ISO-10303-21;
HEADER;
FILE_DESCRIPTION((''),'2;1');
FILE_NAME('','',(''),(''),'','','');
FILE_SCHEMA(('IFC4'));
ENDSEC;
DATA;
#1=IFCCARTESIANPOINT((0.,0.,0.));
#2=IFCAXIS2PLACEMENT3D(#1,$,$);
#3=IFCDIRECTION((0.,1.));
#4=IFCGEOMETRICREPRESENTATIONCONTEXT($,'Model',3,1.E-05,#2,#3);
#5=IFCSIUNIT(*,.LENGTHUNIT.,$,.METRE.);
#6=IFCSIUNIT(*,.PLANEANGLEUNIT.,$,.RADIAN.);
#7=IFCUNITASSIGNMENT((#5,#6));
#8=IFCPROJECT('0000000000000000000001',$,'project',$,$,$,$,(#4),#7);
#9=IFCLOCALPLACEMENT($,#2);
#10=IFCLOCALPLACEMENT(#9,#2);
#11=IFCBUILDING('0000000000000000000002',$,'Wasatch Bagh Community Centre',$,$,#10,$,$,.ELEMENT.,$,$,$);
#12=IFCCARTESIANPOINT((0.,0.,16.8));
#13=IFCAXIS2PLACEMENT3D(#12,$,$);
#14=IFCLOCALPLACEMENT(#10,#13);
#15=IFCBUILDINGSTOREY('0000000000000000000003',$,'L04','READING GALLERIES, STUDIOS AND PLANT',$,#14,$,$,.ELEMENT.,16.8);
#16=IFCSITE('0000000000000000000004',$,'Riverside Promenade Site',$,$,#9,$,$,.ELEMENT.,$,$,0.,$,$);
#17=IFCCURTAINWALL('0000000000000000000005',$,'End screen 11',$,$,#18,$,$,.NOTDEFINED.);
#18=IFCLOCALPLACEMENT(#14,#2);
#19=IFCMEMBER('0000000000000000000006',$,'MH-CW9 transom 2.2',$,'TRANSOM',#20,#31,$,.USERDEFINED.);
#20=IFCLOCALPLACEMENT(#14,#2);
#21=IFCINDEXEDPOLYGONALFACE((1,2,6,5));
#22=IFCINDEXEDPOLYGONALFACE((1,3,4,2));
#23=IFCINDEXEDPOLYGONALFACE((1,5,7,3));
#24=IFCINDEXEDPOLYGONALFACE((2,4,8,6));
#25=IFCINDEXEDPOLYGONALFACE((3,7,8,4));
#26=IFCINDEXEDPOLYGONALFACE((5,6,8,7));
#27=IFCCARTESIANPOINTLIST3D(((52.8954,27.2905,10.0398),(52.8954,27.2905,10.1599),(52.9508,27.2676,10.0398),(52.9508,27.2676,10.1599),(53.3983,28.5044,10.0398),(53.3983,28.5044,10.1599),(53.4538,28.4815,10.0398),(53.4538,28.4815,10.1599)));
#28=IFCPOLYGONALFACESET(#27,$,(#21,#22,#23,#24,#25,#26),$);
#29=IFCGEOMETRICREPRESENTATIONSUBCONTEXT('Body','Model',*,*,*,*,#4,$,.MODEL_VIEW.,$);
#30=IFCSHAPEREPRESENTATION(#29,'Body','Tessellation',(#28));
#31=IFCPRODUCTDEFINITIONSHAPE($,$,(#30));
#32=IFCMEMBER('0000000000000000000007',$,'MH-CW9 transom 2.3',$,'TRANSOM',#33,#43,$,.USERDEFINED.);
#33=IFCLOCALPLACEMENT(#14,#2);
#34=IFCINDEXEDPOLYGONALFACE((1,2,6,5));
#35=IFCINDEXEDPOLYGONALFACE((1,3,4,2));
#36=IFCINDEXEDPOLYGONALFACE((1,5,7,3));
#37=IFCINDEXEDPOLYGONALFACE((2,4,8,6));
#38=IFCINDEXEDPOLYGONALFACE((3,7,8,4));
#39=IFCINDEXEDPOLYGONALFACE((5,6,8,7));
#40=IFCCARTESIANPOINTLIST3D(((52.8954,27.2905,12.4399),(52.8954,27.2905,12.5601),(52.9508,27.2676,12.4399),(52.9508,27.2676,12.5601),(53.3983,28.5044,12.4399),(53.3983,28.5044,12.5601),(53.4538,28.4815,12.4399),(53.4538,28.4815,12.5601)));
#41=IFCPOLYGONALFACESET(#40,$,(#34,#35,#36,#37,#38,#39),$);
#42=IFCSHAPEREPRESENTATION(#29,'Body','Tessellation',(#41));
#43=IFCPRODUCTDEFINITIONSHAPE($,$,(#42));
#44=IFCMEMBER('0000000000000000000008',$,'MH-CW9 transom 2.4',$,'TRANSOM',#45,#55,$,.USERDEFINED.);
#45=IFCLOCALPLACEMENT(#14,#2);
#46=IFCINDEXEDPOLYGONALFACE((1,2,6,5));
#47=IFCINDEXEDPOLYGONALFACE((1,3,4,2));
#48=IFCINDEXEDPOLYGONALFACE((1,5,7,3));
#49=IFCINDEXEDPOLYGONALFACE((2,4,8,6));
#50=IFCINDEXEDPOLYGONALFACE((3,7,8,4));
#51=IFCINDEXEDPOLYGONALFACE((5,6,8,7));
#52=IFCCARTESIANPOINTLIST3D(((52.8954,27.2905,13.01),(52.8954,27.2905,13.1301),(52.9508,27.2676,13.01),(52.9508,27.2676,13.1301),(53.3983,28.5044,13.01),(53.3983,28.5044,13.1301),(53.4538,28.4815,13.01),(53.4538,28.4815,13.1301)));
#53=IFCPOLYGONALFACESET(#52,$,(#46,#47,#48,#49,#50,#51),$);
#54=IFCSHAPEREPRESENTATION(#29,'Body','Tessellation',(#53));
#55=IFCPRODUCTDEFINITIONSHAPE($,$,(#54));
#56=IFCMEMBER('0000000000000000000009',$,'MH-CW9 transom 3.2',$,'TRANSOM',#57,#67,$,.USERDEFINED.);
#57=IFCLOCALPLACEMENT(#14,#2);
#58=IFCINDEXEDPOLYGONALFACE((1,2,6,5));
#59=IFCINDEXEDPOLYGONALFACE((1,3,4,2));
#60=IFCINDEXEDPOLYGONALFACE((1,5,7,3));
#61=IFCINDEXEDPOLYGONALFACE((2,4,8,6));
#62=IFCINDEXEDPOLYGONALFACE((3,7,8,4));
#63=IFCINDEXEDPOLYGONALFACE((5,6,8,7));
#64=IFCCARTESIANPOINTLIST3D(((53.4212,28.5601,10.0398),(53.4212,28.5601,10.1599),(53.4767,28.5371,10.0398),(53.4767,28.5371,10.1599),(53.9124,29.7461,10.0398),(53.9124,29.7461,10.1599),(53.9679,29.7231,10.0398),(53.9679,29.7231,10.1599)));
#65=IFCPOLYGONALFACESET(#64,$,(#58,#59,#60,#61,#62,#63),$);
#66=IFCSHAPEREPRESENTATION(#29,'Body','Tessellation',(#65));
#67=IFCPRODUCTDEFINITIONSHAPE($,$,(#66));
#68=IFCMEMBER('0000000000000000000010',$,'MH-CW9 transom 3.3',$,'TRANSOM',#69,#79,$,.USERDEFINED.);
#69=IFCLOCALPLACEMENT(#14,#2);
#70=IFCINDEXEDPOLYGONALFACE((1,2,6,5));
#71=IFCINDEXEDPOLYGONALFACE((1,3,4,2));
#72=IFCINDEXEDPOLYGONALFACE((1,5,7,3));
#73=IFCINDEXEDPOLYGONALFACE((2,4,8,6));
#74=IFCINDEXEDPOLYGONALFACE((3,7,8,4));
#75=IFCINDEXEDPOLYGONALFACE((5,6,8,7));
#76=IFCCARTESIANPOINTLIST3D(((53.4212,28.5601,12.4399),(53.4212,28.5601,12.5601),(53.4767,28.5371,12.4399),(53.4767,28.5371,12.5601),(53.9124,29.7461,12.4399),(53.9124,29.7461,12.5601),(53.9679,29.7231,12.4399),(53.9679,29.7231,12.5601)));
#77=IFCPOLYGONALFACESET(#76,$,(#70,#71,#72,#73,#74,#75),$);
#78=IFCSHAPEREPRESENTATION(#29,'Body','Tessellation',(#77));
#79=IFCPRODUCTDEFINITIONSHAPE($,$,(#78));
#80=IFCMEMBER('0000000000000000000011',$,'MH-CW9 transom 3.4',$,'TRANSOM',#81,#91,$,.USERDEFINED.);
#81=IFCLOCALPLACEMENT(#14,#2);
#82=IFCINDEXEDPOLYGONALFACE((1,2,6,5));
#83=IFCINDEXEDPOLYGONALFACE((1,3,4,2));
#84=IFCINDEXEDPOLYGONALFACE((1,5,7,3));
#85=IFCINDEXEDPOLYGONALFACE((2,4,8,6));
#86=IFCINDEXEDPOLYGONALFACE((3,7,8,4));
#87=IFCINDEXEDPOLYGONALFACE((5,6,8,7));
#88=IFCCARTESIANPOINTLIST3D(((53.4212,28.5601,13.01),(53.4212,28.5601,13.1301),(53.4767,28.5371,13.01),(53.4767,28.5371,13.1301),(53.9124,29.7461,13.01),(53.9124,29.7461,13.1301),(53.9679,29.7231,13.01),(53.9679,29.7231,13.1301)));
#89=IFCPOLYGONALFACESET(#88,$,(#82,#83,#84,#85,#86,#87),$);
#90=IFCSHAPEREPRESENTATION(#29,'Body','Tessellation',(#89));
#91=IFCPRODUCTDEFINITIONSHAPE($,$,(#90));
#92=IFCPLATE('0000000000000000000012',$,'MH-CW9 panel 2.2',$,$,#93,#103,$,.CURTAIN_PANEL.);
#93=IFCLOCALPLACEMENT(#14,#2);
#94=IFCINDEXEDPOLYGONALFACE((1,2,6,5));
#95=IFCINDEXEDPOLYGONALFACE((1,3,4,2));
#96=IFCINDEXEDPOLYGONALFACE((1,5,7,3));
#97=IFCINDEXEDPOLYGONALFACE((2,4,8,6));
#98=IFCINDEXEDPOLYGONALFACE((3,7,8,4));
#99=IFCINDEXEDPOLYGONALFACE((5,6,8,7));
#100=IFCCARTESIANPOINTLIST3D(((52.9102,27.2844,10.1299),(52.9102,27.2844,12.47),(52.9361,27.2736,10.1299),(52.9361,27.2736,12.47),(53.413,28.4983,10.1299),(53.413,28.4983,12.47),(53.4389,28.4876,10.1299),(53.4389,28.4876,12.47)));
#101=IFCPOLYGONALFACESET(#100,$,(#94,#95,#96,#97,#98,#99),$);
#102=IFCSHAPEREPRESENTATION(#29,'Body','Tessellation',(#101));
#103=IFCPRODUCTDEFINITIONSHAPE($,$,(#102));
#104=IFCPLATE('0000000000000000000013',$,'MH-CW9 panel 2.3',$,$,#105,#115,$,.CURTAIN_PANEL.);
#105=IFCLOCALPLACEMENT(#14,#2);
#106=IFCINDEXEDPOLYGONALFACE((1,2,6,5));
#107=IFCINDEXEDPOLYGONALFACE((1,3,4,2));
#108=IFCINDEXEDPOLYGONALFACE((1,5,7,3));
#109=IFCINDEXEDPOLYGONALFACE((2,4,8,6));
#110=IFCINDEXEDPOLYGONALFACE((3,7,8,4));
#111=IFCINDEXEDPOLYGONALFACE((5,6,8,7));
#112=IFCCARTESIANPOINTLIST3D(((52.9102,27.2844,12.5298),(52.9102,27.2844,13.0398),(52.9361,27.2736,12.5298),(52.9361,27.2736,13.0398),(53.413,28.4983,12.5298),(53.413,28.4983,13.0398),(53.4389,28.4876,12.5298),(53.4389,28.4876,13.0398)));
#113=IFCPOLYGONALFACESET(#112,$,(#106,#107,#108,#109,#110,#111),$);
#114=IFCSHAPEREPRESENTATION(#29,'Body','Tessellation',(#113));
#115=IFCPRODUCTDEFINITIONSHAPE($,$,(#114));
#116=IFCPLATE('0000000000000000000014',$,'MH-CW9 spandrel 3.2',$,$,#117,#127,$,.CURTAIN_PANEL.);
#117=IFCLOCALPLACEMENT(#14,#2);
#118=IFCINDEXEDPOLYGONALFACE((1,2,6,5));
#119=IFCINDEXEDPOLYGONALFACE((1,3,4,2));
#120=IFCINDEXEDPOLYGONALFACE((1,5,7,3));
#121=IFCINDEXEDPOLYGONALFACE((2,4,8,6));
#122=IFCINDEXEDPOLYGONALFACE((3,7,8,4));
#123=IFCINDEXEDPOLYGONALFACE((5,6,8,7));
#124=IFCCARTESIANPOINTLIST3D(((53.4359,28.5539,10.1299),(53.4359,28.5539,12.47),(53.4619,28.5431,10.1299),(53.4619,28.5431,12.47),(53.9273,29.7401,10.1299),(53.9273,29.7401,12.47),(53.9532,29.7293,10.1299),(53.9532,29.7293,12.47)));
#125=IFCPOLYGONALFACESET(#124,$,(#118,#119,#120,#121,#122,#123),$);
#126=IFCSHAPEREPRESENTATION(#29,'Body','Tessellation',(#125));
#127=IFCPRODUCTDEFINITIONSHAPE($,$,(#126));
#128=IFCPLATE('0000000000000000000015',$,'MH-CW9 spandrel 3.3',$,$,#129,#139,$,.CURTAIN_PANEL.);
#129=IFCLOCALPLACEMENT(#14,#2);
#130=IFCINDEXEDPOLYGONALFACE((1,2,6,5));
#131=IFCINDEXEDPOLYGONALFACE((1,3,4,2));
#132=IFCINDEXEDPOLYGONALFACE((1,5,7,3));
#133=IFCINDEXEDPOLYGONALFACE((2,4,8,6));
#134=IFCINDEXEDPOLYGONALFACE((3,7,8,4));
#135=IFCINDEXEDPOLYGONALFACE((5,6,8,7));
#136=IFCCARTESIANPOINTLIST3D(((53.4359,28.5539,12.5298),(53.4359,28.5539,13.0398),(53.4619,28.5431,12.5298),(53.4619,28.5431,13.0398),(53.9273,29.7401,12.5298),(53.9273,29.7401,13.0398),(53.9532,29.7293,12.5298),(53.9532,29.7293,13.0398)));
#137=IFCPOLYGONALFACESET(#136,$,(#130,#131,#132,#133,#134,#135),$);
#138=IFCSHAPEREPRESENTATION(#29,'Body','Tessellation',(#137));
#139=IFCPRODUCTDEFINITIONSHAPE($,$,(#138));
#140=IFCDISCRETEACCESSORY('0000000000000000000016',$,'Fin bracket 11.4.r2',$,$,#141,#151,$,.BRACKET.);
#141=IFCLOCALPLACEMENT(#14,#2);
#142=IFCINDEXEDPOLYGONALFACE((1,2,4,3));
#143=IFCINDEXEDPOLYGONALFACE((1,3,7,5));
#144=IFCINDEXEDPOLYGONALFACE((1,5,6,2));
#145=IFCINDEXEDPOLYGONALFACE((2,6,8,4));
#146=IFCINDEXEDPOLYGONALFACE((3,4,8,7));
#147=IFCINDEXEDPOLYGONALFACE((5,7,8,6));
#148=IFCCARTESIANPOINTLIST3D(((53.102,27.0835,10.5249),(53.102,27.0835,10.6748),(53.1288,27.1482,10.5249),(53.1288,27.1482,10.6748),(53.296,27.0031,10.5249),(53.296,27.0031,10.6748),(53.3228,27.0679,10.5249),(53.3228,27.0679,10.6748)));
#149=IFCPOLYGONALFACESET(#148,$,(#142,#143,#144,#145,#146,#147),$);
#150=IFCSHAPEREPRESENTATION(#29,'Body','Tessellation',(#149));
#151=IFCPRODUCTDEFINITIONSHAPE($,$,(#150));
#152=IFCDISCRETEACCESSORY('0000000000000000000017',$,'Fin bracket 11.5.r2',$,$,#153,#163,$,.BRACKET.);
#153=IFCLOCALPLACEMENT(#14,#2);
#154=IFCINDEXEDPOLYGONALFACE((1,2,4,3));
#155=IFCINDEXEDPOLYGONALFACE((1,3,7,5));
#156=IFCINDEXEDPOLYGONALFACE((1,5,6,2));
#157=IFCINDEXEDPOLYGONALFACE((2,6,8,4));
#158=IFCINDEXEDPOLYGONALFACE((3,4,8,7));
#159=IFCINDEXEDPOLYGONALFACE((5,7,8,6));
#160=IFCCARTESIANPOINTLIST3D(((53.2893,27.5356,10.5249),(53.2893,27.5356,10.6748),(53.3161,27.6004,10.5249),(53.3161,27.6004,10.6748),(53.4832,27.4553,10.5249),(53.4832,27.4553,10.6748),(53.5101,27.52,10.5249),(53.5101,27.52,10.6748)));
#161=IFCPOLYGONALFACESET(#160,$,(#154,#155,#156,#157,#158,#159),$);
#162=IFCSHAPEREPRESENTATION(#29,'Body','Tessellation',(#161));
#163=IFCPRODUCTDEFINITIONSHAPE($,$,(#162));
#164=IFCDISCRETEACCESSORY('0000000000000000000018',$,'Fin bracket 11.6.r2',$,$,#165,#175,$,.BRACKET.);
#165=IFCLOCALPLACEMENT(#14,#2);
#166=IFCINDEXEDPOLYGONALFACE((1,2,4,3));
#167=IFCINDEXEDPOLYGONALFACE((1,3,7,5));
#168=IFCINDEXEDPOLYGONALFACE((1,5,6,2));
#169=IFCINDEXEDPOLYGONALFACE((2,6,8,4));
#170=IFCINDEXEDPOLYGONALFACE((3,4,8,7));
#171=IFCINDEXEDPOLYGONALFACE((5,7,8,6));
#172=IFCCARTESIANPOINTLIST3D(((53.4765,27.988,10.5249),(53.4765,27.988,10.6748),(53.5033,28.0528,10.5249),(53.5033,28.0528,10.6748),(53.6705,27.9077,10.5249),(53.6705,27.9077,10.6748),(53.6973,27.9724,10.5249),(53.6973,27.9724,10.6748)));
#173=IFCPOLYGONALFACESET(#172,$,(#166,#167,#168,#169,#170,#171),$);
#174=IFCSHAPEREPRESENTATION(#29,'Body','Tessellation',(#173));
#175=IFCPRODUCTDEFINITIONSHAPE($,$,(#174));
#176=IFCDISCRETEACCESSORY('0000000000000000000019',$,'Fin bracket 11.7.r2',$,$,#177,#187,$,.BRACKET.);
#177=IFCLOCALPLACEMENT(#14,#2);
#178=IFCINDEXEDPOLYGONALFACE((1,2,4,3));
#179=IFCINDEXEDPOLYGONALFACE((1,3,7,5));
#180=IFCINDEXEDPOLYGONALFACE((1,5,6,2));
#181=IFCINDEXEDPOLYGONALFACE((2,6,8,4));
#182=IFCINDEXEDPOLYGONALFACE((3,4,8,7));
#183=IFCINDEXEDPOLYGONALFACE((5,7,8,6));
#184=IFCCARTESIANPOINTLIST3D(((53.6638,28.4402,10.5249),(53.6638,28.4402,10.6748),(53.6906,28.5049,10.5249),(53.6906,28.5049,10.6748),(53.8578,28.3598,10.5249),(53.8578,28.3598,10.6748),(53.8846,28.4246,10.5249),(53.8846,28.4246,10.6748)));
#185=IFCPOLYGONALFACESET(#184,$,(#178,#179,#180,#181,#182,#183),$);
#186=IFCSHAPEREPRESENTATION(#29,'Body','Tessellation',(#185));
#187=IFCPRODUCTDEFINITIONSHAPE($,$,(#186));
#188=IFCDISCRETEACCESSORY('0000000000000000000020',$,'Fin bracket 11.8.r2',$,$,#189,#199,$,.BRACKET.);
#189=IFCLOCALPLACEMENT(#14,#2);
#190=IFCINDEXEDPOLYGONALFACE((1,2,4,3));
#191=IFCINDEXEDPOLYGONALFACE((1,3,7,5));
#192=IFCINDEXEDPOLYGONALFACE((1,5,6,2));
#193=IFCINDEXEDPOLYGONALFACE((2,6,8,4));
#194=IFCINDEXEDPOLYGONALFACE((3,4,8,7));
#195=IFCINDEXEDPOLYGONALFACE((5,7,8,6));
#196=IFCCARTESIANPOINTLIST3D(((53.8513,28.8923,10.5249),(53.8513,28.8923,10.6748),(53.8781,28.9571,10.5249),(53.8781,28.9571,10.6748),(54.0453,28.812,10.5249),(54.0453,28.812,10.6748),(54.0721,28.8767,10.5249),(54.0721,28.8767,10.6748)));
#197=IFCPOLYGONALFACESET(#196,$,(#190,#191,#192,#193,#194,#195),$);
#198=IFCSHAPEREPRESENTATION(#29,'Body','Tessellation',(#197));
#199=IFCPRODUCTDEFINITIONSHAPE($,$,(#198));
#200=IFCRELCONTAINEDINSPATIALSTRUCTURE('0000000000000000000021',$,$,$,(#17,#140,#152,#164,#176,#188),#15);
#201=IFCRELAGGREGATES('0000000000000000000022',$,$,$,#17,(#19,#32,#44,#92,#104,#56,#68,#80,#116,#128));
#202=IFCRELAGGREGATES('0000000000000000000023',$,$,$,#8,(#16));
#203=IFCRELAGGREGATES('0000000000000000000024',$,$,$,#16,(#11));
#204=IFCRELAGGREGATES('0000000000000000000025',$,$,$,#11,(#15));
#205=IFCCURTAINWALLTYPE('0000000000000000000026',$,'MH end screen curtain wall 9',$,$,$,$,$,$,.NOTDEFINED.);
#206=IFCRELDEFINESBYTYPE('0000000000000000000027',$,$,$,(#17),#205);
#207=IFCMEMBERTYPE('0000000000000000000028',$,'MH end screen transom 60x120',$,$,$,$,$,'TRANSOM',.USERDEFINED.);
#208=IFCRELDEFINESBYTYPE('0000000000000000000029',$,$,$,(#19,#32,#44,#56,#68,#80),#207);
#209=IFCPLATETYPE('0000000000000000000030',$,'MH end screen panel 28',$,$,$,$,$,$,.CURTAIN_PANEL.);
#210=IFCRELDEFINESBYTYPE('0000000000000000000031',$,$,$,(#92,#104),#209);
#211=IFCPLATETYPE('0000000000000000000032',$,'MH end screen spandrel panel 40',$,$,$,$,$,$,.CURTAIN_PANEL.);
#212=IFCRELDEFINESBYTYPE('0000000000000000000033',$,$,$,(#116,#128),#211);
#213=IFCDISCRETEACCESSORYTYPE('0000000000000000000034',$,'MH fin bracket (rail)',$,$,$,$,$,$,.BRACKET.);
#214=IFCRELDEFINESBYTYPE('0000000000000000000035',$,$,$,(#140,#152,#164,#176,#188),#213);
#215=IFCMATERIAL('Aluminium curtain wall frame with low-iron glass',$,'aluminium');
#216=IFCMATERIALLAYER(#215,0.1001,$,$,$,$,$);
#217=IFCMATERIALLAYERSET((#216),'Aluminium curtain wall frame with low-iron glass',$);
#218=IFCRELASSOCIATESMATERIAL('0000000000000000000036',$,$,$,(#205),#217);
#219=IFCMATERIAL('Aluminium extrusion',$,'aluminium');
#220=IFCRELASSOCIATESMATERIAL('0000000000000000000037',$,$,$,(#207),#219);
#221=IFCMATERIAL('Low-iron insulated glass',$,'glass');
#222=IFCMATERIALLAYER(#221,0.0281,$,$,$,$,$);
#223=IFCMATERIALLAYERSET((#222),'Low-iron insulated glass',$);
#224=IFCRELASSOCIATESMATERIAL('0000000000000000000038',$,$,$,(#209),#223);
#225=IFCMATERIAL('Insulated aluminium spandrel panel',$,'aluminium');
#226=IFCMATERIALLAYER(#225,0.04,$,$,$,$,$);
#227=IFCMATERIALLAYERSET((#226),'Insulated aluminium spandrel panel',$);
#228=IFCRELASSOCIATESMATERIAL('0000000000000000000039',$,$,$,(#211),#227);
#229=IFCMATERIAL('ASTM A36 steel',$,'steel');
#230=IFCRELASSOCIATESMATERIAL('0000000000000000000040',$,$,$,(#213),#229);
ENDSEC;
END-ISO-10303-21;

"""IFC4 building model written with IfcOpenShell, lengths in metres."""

from ifc_helpers import new_model, si_unit, direction, frame, origin, origin_2d, place, context, subcontext, project, spatial, rectangle, extrude, material, layer, layer_set, material_profile, profile_set, type_object, element, aggregate, save


model = new_model("IFC4")

# Units and contexts
model_context = context("Model", 3, precision=1e-05, world=origin(), true_north=direction((0.0, 1.0)))
body_context = subcontext(model_context, "Body", "Model", "MODEL_VIEW")
ifc_project = project(units=[si_unit("LENGTHUNIT", "METRE"), si_unit("PLANEANGLEUNIT", "RADIAN")], contexts=[model_context])

# Site, building, storey
site_placement = place(None, origin())
site = spatial("IfcSite", under=ifc_project, at=site_placement, Name="Riverside Promenade Site", CompositionType="ELEMENT", RefElevation=0.0)
building_placement = place(site_placement, origin())
building = spatial("IfcBuilding", under=site, at=building_placement, Name="Wasatch Bagh Community Centre", CompositionType="ELEMENT")
storey_placement = place(building_placement, frame((0.0, 0.0, 16.8)))
storey = spatial("IfcBuildingStorey", under=building, at=storey_placement, Name="L04", Description="READING GALLERIES, STUDIOS AND PLANT", CompositionType="ELEMENT", Elevation=16.8)

# Curtain wall, members, plates
ifc_material_1 = material(Name="Aluminium curtain wall frame with low-iron glass", Category="aluminium")
ifc_layer_1 = layer(ifc_material_1, 0.1001)
ifc_layer_set_1 = layer_set([ifc_layer_1], Name="Aluminium curtain wall frame with low-iron glass")
curtain_wall_type = type_object("IfcCurtainWallType", Name="MH end screen curtain wall 9", PredefinedType="NOTDEFINED", material=ifc_layer_set_1)
curtain_wall_placement = place(storey_placement, origin())
curtain_wall = element("IfcCurtainWall", 1, at=curtain_wall_placement, inside=storey, type_object=curtain_wall_type, Name="End screen 11", PredefinedType="NOTDEFINED")
ifc_material_2 = material(Name="Aluminium extrusion", Category="aluminium")
ifc_material_profile = material_profile(ifc_material_2, rectangle(XDim=0.0601, YDim=0.1201, at=origin_2d()), Name="AL 60x120")
ifc_profile_set = profile_set([ifc_material_profile], Name="Aluminium extrusion")
member_type = type_object("IfcMemberType", Name="MH end screen transom 60x120", ElementType="TRANSOM", PredefinedType="USERDEFINED", material=ifc_profile_set)
member_1_placement = place(storey_placement, frame((52.9231, 27.2791, 10.0999), z_axis=(0.382768, 0.923845, 0.0), x_axis=(-0.923845, 0.382768, 0.0)))
member_1 = element("IfcMember", 2, at=member_1_placement, type_object=member_type, Name="MH-CW9 transom 2.2", ObjectType="TRANSOM", PredefinedType="USERDEFINED", context=body_context, shape_type="SweptSolid", body=[
    extrude(rectangle(XDim=0.0601, YDim=0.1201, at=origin_2d()), origin(), (0.0, 0.0, 1.0), 1.314),
])
member_2_placement = place(storey_placement, frame((52.9231, 27.2791, 12.5), z_axis=(0.382768, 0.923845, 0.0), x_axis=(-0.923845, 0.382768, 0.0)))
member_2 = element("IfcMember", 3, at=member_2_placement, type_object=member_type, Name="MH-CW9 transom 2.3", ObjectType="TRANSOM", PredefinedType="USERDEFINED", context=body_context, shape_type="SweptSolid", body=[
    extrude(rectangle(XDim=0.0601, YDim=0.1201, at=origin_2d()), origin(), (0.0, 0.0, 1.0), 1.314),
])
member_3_placement = place(storey_placement, frame((52.9231, 27.2791, 13.0701), z_axis=(0.382768, 0.923845, 0.0), x_axis=(-0.923845, 0.382768, 0.0)))
member_3 = element("IfcMember", 4, at=member_3_placement, type_object=member_type, Name="MH-CW9 transom 2.4", ObjectType="TRANSOM", PredefinedType="USERDEFINED", context=body_context, shape_type="SweptSolid", body=[
    extrude(rectangle(XDim=0.0601, YDim=0.1201, at=origin_2d()), origin(), (0.0, 0.0, 1.0), 1.314),
])
member_4_placement = place(storey_placement, frame((53.449, 28.5486, 10.0999), z_axis=(0.382643, 0.923896, 0.0), x_axis=(-0.923896, 0.382643, 0.0)))
member_4 = element("IfcMember", 5, at=member_4_placement, type_object=member_type, Name="MH-CW9 transom 3.2", ObjectType="TRANSOM", PredefinedType="USERDEFINED", context=body_context, shape_type="SweptSolid", body=[
    extrude(rectangle(XDim=0.0601, YDim=0.1201, at=origin_2d()), origin(), (0.0, 0.0, 1.0), 1.2837),
])
member_5_placement = place(storey_placement, frame((53.449, 28.5486, 12.5), z_axis=(0.382643, 0.923896, 0.0), x_axis=(-0.923896, 0.382643, 0.0)))
member_5 = element("IfcMember", 6, at=member_5_placement, type_object=member_type, Name="MH-CW9 transom 3.3", ObjectType="TRANSOM", PredefinedType="USERDEFINED", context=body_context, shape_type="SweptSolid", body=[
    extrude(rectangle(XDim=0.0601, YDim=0.1201, at=origin_2d()), origin(), (0.0, 0.0, 1.0), 1.2837),
])
member_6_placement = place(storey_placement, frame((53.449, 28.5486, 13.0701), z_axis=(0.382643, 0.923896, 0.0), x_axis=(-0.923896, 0.382643, 0.0)))
member_6 = element("IfcMember", 7, at=member_6_placement, type_object=member_type, Name="MH-CW9 transom 3.4", ObjectType="TRANSOM", PredefinedType="USERDEFINED", context=body_context, shape_type="SweptSolid", body=[
    extrude(rectangle(XDim=0.0601, YDim=0.1201, at=origin_2d()), origin(), (0.0, 0.0, 1.0), 1.2837),
])
ifc_material_3 = material(Name="Low-iron insulated glass", Category="glass")
ifc_layer_2 = layer(ifc_material_3, 0.0281)
ifc_layer_set_2 = layer_set([ifc_layer_2], Name="Low-iron insulated glass")
plate_type_1 = type_object("IfcPlateType", Name="MH end screen panel 28", PredefinedType="CURTAIN_PANEL", material=ifc_layer_set_2)
plate_1_placement = place(storey_placement, frame((53.1746, 27.886, 10.1299), z_axis=(0.0, 0.0, 1.0), x_axis=(0.382683, 0.92388, 0.0)))
plate_1 = element("IfcPlate", 8, at=plate_1_placement, type_object=plate_type_1, Name="MH-CW9 panel 2.2", PredefinedType="CURTAIN_PANEL", context=body_context, shape_type="SweptSolid", body=[
    extrude(rectangle(XDim=1.314, YDim=0.0281, at=origin_2d()), origin(), (0.0, 0.0, 1.0), 2.3401),
])
plate_2_placement = place(storey_placement, frame((53.1746, 27.886, 12.5298), z_axis=(0.0, 0.0, 1.0), x_axis=(0.382683, 0.92388, 0.0)))
plate_2 = element("IfcPlate", 9, at=plate_2_placement, type_object=plate_type_1, Name="MH-CW9 panel 2.3", PredefinedType="CURTAIN_PANEL", context=body_context, shape_type="SweptSolid", body=[
    extrude(rectangle(XDim=1.314, YDim=0.0281, at=origin_2d()), origin(), (0.0, 0.0, 1.0), 0.51),
])
ifc_material_4 = material(Name="Insulated aluminium spandrel panel", Category="aluminium")
ifc_layer_3 = layer(ifc_material_4, 0.04)
ifc_layer_set_3 = layer_set([ifc_layer_3], Name="Insulated aluminium spandrel panel")
plate_type_2 = type_object("IfcPlateType", Name="MH end screen spandrel panel 40", PredefinedType="CURTAIN_PANEL", material=ifc_layer_set_3)
plate_3_placement = place(storey_placement, frame((53.6946, 29.1416, 10.1299), z_axis=(0.0, 0.0, 1.0), x_axis=(0.382683, 0.92388, 0.0)))
plate_3 = element("IfcPlate", 10, at=plate_3_placement, type_object=plate_type_2, Name="MH-CW9 spandrel 3.2", PredefinedType="CURTAIN_PANEL", context=body_context, shape_type="SweptSolid", body=[
    extrude(rectangle(XDim=1.2839, YDim=0.0281, at=origin_2d()), origin(), (0.0, 0.0, 1.0), 2.3401),
])
plate_4_placement = place(storey_placement, frame((53.6946, 29.1416, 12.5298), z_axis=(0.0, 0.0, 1.0), x_axis=(0.382683, 0.92388, 0.0)))
plate_4 = element("IfcPlate", 11, at=plate_4_placement, type_object=plate_type_2, Name="MH-CW9 spandrel 3.3", PredefinedType="CURTAIN_PANEL", context=body_context, shape_type="SweptSolid", body=[
    extrude(rectangle(XDim=1.2839, YDim=0.0281, at=origin_2d()), origin(), (0.0, 0.0, 1.0), 0.51),
])
aggregate(curtain_wall, [member_1, member_2, member_3, plate_1, plate_2, member_4, member_5, member_6, plate_3, plate_4])

# Discrete accessories
ifc_material_5 = material(Name="ASTM A36 steel", Category="steel")
discrete_accessory_type_1 = type_object("IfcDiscreteAccessoryType", Name="MH fin bracket (rail)", PredefinedType="BRACKET", material=ifc_material_5)
for number, where, z_axis, x_axis, name in (
    (12, (53.2124, 27.0757, 10.5249), (0.0, 0.0, 1.0), (0.382683, 0.92388, 0.0), "Fin bracket 11.4.r2"),
    (13, (53.3997, 27.5278, 10.5249), (0.0, 0.0, 1.0), (0.382683, 0.92388, 0.0), "Fin bracket 11.5.r2"),
    (14, (53.5869, 27.9802, 10.5249), (0.0, 0.0, 1.0), (0.382683, 0.92388, 0.0), "Fin bracket 11.6.r2"),
    (15, (53.7742, 28.4324, 10.5249), (0.0, 0.0, 1.0), (0.382683, 0.92388, 0.0), "Fin bracket 11.7.r2"),
    (16, (53.9617, 28.8845, 10.5249), (0.0, 0.0, 1.0), (0.382683, 0.92388, 0.0), "Fin bracket 11.8.r2"),
):
    element("IfcDiscreteAccessory", number, at=place(storey_placement, frame(where, z_axis=z_axis, x_axis=x_axis)), inside=storey, type_object=discrete_accessory_type_1, Name=name, PredefinedType="BRACKET", context=body_context, shape_type="SweptSolid", body=[
        extrude(rectangle(XDim=0.0701, YDim=0.21, at=origin_2d()), origin(), (0.0, 0.0, 1.0), 0.1499),
    ])

save(model, "model.ifc")
